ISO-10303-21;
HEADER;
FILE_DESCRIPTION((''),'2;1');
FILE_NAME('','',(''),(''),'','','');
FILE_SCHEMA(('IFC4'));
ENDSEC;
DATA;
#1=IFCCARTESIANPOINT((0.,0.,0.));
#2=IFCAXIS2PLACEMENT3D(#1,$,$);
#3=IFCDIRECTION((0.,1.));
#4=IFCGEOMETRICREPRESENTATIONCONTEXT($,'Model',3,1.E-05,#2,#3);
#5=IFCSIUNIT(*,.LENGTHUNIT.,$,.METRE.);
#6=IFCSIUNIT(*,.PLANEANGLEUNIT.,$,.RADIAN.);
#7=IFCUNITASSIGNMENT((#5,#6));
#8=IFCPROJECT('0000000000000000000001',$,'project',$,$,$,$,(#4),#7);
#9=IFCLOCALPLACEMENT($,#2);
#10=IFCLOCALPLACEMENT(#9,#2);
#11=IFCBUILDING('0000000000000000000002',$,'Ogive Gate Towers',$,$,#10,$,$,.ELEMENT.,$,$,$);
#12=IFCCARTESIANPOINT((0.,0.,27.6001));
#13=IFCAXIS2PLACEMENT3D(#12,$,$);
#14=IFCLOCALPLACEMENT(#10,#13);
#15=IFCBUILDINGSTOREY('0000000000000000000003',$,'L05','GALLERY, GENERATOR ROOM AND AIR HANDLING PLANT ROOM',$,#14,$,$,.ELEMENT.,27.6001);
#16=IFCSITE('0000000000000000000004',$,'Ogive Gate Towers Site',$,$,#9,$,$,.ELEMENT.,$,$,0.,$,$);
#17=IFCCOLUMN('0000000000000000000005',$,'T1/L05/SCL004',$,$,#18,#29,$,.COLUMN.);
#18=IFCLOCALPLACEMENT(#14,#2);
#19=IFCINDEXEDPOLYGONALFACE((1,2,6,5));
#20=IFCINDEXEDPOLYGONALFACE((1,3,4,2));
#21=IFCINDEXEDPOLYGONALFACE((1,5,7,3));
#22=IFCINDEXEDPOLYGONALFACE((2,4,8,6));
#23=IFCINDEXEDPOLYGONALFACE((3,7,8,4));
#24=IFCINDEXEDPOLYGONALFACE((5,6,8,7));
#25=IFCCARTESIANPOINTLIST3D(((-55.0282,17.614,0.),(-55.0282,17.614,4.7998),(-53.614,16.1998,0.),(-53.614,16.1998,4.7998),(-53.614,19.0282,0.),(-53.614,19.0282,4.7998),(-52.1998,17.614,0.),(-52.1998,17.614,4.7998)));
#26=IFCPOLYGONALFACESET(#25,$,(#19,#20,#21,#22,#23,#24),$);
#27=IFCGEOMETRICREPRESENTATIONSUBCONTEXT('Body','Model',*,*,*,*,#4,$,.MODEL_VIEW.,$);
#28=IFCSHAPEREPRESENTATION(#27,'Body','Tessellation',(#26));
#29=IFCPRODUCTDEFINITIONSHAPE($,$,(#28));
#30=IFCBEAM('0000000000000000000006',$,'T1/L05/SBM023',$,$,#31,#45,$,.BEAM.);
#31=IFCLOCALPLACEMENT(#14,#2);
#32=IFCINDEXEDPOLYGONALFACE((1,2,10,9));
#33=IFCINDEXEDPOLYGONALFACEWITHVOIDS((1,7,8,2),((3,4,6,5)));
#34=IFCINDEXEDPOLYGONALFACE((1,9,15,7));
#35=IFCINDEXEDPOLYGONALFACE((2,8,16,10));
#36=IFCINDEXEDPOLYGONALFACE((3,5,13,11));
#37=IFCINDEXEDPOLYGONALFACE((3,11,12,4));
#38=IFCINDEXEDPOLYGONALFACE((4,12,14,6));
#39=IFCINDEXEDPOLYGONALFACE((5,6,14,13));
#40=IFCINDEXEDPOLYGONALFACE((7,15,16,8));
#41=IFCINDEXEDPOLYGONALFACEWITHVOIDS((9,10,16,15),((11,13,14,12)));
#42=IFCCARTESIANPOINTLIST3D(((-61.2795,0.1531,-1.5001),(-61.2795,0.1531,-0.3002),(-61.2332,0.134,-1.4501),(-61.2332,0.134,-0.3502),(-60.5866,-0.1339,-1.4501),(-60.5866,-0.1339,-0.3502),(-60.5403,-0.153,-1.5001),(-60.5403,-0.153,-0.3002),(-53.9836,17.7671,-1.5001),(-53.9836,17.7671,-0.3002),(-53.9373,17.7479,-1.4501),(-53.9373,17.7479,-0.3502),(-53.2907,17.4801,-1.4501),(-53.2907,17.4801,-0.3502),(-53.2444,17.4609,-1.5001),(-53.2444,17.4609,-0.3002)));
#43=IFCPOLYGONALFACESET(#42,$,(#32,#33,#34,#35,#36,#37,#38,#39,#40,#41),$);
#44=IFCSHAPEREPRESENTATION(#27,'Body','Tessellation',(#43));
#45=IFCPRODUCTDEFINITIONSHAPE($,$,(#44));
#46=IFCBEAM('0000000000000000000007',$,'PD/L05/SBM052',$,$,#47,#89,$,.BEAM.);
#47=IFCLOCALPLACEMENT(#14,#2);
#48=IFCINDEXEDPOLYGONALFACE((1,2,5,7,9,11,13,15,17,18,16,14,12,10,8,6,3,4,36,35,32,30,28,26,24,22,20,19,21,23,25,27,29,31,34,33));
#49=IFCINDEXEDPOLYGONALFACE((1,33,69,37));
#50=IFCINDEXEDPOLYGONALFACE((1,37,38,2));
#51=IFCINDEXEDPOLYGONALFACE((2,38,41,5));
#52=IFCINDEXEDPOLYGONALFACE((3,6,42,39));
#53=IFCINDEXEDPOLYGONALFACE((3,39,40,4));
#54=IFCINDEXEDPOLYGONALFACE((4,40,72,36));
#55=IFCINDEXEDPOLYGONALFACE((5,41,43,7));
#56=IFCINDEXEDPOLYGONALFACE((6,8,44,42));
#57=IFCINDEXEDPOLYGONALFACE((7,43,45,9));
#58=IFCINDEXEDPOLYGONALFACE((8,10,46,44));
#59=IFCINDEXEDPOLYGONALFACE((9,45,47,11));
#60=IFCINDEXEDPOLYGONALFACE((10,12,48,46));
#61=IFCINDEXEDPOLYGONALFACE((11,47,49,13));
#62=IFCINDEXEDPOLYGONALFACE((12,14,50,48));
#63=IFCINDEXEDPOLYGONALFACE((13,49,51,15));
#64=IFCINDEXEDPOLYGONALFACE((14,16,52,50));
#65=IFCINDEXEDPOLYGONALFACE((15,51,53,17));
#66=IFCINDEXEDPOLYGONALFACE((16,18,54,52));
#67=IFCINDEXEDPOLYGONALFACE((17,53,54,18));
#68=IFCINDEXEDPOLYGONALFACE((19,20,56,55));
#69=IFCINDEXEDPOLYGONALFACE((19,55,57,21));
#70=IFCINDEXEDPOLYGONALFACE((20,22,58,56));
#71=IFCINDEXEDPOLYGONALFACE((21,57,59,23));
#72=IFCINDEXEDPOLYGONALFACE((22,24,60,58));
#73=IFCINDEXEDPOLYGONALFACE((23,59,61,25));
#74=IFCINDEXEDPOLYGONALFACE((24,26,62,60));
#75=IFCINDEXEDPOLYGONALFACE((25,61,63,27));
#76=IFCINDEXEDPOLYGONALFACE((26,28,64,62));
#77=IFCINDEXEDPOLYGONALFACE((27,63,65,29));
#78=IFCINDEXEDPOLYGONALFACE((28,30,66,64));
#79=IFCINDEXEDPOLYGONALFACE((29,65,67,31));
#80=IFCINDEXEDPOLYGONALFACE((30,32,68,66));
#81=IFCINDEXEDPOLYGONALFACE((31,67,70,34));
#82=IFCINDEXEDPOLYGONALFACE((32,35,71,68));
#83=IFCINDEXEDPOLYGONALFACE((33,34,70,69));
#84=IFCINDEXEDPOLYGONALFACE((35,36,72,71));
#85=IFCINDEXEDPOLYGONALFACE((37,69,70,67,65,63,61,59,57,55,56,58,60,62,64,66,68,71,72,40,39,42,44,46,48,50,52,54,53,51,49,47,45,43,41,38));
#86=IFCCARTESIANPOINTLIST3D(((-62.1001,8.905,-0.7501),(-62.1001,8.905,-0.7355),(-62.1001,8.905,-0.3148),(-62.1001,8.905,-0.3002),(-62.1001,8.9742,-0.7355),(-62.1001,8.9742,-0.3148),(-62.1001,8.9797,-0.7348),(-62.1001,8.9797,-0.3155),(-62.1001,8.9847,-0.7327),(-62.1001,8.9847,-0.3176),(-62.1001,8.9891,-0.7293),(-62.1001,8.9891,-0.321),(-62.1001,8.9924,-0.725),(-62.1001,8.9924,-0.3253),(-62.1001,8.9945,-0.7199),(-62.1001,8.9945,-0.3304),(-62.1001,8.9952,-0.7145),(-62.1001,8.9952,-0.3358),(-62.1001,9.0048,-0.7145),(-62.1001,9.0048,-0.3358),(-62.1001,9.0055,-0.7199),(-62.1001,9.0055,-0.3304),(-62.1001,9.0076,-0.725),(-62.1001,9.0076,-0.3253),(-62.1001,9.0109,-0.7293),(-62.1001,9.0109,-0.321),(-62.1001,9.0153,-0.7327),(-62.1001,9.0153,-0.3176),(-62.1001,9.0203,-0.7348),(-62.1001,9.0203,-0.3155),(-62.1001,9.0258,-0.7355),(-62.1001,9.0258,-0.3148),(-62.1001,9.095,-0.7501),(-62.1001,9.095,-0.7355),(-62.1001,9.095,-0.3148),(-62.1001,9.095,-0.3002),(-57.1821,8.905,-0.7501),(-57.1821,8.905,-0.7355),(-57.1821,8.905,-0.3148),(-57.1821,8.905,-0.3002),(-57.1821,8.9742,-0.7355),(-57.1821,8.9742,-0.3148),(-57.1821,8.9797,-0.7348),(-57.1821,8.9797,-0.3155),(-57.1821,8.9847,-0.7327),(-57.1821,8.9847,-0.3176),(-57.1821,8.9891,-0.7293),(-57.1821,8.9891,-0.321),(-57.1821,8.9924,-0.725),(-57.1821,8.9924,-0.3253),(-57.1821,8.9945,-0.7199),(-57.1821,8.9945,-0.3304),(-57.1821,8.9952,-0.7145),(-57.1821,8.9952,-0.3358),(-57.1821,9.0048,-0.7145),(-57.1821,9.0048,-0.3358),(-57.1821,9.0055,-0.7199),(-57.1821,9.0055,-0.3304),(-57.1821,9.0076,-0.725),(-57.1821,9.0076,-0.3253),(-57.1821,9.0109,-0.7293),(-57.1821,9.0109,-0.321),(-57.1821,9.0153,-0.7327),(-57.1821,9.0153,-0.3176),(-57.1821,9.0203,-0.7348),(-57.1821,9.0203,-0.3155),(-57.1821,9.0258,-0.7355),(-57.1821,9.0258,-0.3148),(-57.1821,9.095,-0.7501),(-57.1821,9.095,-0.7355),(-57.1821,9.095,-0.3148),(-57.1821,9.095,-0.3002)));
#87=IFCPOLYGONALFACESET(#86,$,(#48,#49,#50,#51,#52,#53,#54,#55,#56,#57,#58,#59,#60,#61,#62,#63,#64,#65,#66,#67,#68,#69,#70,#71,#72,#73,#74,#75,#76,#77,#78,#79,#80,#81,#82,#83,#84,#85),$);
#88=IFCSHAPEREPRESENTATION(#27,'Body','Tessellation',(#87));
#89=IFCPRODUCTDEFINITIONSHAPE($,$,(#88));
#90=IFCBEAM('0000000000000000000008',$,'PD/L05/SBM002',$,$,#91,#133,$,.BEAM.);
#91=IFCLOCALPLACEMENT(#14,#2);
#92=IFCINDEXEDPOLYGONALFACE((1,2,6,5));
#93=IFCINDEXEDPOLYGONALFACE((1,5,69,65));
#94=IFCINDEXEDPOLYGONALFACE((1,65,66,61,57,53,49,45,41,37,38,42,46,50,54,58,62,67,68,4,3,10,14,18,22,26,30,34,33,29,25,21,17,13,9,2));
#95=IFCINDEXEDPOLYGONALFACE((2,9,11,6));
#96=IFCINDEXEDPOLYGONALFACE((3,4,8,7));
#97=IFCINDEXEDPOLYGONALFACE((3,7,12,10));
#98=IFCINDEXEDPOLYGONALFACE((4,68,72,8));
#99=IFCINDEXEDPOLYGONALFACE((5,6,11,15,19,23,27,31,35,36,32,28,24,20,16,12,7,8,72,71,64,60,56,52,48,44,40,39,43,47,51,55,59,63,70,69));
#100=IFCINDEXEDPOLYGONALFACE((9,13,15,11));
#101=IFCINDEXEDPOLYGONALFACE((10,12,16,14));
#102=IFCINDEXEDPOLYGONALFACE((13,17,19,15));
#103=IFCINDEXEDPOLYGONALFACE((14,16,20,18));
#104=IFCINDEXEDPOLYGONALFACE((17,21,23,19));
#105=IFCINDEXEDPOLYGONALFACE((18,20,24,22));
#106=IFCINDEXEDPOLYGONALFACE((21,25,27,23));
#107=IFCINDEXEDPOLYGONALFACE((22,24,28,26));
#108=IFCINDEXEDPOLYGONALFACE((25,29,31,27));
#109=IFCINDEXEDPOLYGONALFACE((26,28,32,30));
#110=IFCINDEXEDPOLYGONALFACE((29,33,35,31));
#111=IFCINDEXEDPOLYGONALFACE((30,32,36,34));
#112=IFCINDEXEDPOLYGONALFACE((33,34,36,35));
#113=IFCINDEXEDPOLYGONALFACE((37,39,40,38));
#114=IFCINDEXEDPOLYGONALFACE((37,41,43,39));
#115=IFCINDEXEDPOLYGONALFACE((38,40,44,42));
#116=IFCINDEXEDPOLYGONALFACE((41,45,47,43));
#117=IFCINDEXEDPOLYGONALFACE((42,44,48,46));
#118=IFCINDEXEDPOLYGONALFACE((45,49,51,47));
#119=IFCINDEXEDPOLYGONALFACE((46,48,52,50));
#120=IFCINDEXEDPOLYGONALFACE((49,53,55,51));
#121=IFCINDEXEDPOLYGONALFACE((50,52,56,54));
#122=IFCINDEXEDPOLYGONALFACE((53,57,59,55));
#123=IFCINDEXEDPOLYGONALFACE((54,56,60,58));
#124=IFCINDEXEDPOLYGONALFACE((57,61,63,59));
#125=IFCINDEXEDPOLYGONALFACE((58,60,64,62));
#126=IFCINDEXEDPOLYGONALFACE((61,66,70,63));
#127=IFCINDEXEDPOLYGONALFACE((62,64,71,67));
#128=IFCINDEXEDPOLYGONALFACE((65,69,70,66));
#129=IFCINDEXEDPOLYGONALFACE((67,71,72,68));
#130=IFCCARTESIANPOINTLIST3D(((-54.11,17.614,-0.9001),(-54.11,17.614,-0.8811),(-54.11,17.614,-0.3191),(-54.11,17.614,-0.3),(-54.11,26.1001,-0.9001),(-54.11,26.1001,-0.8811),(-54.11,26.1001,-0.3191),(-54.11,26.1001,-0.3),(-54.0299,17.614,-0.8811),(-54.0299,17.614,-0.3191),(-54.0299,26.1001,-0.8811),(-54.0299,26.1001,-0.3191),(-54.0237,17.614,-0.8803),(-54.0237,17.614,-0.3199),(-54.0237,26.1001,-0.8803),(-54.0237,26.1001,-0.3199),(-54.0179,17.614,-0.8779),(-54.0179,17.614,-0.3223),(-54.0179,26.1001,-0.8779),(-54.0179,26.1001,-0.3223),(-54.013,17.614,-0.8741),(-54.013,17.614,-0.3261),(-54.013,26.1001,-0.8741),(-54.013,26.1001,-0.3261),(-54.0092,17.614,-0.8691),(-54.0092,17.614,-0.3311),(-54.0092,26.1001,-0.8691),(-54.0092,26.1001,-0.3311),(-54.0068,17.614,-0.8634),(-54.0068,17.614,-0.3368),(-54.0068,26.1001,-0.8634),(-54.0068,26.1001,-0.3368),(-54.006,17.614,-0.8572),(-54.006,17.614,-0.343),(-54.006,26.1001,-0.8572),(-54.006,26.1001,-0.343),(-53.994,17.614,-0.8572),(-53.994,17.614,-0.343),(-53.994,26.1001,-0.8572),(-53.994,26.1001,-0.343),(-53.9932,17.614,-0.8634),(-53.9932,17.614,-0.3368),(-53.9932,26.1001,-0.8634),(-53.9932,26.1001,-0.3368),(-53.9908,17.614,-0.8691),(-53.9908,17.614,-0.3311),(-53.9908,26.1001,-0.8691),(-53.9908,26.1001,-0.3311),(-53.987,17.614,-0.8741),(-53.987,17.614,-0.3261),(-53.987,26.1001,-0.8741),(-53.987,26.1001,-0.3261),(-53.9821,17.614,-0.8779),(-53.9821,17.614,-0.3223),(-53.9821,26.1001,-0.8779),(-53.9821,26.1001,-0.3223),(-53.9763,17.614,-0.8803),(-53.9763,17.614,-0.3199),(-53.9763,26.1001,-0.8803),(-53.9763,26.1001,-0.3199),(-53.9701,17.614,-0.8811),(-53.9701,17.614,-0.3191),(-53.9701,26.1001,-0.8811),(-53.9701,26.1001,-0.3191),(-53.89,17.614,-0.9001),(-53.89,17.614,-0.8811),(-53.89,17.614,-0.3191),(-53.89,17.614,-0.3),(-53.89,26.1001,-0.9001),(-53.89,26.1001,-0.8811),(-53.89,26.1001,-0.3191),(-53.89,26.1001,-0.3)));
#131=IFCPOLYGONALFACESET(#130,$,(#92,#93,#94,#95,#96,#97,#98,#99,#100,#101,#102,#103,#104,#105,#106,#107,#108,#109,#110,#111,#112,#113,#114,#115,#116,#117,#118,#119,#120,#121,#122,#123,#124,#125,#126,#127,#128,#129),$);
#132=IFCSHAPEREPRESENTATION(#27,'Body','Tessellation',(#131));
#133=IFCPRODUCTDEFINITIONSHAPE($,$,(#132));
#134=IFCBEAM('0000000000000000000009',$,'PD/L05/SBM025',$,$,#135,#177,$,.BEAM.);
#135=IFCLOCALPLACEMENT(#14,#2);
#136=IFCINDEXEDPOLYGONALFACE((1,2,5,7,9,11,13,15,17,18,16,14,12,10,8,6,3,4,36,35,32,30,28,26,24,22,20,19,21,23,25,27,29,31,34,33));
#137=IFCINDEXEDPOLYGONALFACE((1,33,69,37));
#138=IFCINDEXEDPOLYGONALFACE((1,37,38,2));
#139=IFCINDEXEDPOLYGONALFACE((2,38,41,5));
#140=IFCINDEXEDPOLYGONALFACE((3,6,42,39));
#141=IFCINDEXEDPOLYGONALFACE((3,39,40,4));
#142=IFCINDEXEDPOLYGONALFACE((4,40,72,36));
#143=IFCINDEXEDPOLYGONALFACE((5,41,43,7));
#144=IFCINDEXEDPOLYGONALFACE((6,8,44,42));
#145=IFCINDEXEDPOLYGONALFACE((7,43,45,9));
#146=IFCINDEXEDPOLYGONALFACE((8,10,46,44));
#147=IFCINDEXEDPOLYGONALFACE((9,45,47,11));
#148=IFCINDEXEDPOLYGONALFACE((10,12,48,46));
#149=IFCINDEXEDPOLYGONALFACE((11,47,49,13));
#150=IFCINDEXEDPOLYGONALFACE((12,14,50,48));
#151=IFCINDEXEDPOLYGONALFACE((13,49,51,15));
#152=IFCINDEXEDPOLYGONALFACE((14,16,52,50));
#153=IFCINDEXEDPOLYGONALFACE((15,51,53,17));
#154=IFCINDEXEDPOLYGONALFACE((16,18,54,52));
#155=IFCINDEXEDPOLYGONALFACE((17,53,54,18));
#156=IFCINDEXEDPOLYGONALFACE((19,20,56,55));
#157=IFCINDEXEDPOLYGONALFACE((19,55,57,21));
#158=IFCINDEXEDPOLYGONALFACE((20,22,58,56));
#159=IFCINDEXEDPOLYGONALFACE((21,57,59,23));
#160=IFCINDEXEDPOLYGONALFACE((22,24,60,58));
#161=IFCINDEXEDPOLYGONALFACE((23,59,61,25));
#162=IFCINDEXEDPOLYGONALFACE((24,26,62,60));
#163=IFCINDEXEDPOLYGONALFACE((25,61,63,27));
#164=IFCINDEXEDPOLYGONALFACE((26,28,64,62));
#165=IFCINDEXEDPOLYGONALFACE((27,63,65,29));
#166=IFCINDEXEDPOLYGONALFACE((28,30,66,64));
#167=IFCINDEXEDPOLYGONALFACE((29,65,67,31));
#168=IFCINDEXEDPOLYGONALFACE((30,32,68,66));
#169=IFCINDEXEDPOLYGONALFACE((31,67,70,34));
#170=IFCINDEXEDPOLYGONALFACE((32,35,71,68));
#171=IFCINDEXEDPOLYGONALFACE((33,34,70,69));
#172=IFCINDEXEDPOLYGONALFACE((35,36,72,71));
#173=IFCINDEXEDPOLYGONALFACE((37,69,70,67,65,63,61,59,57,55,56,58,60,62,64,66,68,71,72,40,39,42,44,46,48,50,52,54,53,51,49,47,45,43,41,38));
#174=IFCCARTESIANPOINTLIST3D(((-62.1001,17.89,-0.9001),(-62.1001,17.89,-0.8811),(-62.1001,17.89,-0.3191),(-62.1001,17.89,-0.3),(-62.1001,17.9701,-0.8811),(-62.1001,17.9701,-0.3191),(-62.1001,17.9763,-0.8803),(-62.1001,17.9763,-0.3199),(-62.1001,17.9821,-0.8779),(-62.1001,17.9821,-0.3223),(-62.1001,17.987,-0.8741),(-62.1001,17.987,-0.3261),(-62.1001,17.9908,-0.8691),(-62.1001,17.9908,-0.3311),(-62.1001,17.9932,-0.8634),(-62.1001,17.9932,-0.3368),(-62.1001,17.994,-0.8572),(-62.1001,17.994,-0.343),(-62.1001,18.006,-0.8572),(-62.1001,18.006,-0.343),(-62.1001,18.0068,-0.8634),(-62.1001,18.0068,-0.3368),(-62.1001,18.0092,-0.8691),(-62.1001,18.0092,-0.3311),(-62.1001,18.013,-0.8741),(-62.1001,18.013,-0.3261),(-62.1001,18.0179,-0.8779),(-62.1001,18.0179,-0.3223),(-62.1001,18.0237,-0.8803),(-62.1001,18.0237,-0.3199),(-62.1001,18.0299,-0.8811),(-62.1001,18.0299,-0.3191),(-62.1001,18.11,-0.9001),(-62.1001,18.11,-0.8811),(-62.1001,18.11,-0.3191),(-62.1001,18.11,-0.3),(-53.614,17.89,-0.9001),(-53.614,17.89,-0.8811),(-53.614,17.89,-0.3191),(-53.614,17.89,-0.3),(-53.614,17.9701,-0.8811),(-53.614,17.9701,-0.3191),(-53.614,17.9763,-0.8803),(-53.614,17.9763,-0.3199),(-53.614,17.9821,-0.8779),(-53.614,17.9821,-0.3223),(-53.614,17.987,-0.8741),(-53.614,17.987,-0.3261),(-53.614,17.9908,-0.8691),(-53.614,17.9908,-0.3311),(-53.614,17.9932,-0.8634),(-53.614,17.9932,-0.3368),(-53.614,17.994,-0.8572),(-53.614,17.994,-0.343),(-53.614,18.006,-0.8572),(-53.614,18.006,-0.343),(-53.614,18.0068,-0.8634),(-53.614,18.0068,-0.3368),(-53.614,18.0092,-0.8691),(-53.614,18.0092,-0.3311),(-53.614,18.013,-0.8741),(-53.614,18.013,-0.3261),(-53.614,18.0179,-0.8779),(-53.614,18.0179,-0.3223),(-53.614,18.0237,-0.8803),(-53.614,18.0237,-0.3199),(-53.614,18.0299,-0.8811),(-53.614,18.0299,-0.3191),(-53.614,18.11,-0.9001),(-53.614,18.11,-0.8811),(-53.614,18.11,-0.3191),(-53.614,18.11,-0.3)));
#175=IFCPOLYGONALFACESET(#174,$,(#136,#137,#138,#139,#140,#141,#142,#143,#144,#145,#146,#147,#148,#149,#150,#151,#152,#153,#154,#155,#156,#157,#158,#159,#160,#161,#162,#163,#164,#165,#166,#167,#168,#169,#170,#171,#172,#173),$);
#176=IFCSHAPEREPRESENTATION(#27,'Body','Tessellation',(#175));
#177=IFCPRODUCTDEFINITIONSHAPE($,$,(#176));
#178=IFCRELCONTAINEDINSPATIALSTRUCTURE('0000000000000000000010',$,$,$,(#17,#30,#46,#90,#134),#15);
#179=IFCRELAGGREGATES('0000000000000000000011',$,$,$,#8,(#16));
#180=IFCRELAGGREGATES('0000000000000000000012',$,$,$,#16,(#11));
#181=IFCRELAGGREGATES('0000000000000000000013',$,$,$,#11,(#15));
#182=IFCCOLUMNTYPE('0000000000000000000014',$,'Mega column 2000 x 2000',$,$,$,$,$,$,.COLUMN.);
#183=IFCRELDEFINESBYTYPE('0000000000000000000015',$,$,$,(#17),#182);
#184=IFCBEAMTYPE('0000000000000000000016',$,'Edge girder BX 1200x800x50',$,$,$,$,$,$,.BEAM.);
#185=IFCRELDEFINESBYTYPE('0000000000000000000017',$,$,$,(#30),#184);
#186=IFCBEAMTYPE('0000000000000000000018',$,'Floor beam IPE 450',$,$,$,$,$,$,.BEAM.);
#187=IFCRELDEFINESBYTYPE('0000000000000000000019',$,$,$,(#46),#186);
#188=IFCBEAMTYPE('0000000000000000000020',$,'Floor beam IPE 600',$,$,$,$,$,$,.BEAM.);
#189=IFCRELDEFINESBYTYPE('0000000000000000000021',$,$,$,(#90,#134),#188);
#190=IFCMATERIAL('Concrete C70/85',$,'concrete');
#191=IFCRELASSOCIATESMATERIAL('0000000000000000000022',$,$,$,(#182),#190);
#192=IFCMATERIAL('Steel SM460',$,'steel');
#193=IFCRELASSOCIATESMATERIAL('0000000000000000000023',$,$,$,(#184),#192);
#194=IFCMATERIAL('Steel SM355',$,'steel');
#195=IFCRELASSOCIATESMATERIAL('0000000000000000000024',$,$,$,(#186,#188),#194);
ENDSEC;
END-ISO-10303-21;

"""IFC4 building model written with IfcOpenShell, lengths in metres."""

from ifc_helpers import new_model, si_unit, direction, frame, origin, origin_2d, place, context, subcontext, project, spatial, rectangle, hollow_rectangle, i_section, extrude, material, material_profile, profile_set, type_object, element, save


model = new_model("IFC4")

# Units and contexts
model_context = context("Model", 3, precision=1e-05, world=origin(), true_north=direction((0.0, 1.0)))
body_context = subcontext(model_context, "Body", "Model", "MODEL_VIEW")
ifc_project = project(units=[si_unit("LENGTHUNIT", "METRE"), si_unit("PLANEANGLEUNIT", "RADIAN")], contexts=[model_context])

# Site, building, storey
site_placement = place(None, origin())
site = spatial("IfcSite", under=ifc_project, at=site_placement, Name="Ogive Gate Towers Site", CompositionType="ELEMENT", RefElevation=0.0)
building_placement = place(site_placement, origin())
building = spatial("IfcBuilding", under=site, at=building_placement, Name="Ogive Gate Towers", CompositionType="ELEMENT")
storey_placement = place(building_placement, frame((0.0, 0.0, 27.6001)))
storey = spatial("IfcBuildingStorey", under=building, at=storey_placement, Name="L05", Description="GALLERY, GENERATOR ROOM AND AIR HANDLING PLANT ROOM", CompositionType="ELEMENT", Elevation=27.6001)

# Column
ifc_material_1 = material(Name="Concrete C70/85", Category="concrete")
ifc_material_profile_1 = material_profile(ifc_material_1, rectangle(XDim=2.0, YDim=2.0, at=origin_2d()), Name="RC 2000x2000")
ifc_profile_set_1 = profile_set([ifc_material_profile_1], Name="Concrete C70/85")
column_type = type_object("IfcColumnType", Name="Mega column 2000 x 2000", PredefinedType="COLUMN", material=ifc_profile_set_1)
column_placement = place(storey_placement, frame((-53.614, 17.614, 0.0), z_axis=(0.0, 0.0, 1.0), x_axis=(-0.707107, 0.707107, 0.0)))
element("IfcColumn", 1, at=column_placement, inside=storey, type_object=column_type, Name="T1/L05/SCL004", PredefinedType="COLUMN", context=body_context, shape_type="SweptSolid", body=[
    extrude(rectangle(XDim=2.0, YDim=2.0, at=origin_2d()), origin(), (0.0, 0.0, 1.0), 4.7998),
])

# Beams
ifc_material_2 = material(Name="Steel SM460", Category="steel")
ifc_material_profile_2 = material_profile(ifc_material_2, hollow_rectangle(XDim=0.8, YDim=1.2, WallThickness=0.05, at=origin_2d()), Name="BX 1200x800x50")
ifc_profile_set_2 = profile_set([ifc_material_profile_2], Name="Steel SM460")
beam_type_1 = type_object("IfcBeamType", Name="Edge girder BX 1200x800x50", PredefinedType="BEAM", material=ifc_profile_set_2)
beam_1_placement = place(storey_placement, frame((-53.614, 17.614, -0.9001), z_axis=(-0.382681, -0.923881, 0.0), x_axis=(0.923881, -0.382681, 0.0)))
element("IfcBeam", 2, at=beam_1_placement, inside=storey, type_object=beam_type_1, Name="T1/L05/SBM023", PredefinedType="BEAM", context=body_context, shape_type="SweptSolid", body=[
    extrude(hollow_rectangle(XDim=0.8, YDim=1.2, WallThickness=0.05, at=origin_2d()), origin(), (0.0, 0.0, 1.0), 19.0652),
])
ifc_material_3 = material(Name="Steel SM355", Category="steel")
ifc_material_profile_3 = material_profile(ifc_material_3, i_section(OverallWidth=0.1899, OverallDepth=0.45, WebThickness=0.0095, FlangeThickness=0.0146, FilletRadius=0.021, at=origin_2d()), Name="IPE 450")
ifc_profile_set_3 = profile_set([ifc_material_profile_3], Name="Steel SM355")
beam_type_2 = type_object("IfcBeamType", Name="Floor beam IPE 450", PredefinedType="BEAM", material=ifc_profile_set_3)
beam_2_placement = place(storey_placement, frame((-62.1001, 9.0, -0.5251), z_axis=(1.0, 0.0, 0.0), x_axis=(0.0, 1.0, 0.0)))
element("IfcBeam", 3, at=beam_2_placement, inside=storey, type_object=beam_type_2, Name="PD/L05/SBM052", PredefinedType="BEAM", context=body_context, shape_type="SweptSolid", body=[
    extrude(i_section(OverallWidth=0.1899, OverallDepth=0.45, WebThickness=0.0095, FlangeThickness=0.0146, FilletRadius=0.021, at=origin_2d()), origin(), (0.0, 0.0, 1.0), 4.918),
])
ifc_material_profile_4 = material_profile(ifc_material_3, i_section(OverallWidth=0.22, OverallDepth=0.6001, WebThickness=0.012, FlangeThickness=0.019, FilletRadius=0.0239, at=origin_2d()), Name="IPE 600")
ifc_profile_set_4 = profile_set([ifc_material_profile_4], Name="Steel SM355")
beam_type_3 = type_object("IfcBeamType", Name="Floor beam IPE 600", PredefinedType="BEAM", material=ifc_profile_set_4)
for number, where, z_axis, x_axis, name in (
    (4, (-54.0, 17.614, -0.6001), (0.0, 1.0, 0.0), (-1.0, 0.0, 0.0), "PD/L05/SBM002"),
    (5, (-62.1001, 18.0, -0.6001), (1.0, 0.0, 0.0), (0.0, 1.0, 0.0), "PD/L05/SBM025"),
):
    element("IfcBeam", number, at=place(storey_placement, frame(where, z_axis=z_axis, x_axis=x_axis)), inside=storey, type_object=beam_type_3, Name=name, PredefinedType="BEAM", context=body_context, shape_type="SweptSolid", body=[
        extrude(i_section(OverallWidth=0.22, OverallDepth=0.6001, WebThickness=0.012, FlangeThickness=0.019, FilletRadius=0.0239, at=origin_2d()), origin(), (0.0, 0.0, 1.0), 8.4861),
    ])

save(model, "model.ifc")
